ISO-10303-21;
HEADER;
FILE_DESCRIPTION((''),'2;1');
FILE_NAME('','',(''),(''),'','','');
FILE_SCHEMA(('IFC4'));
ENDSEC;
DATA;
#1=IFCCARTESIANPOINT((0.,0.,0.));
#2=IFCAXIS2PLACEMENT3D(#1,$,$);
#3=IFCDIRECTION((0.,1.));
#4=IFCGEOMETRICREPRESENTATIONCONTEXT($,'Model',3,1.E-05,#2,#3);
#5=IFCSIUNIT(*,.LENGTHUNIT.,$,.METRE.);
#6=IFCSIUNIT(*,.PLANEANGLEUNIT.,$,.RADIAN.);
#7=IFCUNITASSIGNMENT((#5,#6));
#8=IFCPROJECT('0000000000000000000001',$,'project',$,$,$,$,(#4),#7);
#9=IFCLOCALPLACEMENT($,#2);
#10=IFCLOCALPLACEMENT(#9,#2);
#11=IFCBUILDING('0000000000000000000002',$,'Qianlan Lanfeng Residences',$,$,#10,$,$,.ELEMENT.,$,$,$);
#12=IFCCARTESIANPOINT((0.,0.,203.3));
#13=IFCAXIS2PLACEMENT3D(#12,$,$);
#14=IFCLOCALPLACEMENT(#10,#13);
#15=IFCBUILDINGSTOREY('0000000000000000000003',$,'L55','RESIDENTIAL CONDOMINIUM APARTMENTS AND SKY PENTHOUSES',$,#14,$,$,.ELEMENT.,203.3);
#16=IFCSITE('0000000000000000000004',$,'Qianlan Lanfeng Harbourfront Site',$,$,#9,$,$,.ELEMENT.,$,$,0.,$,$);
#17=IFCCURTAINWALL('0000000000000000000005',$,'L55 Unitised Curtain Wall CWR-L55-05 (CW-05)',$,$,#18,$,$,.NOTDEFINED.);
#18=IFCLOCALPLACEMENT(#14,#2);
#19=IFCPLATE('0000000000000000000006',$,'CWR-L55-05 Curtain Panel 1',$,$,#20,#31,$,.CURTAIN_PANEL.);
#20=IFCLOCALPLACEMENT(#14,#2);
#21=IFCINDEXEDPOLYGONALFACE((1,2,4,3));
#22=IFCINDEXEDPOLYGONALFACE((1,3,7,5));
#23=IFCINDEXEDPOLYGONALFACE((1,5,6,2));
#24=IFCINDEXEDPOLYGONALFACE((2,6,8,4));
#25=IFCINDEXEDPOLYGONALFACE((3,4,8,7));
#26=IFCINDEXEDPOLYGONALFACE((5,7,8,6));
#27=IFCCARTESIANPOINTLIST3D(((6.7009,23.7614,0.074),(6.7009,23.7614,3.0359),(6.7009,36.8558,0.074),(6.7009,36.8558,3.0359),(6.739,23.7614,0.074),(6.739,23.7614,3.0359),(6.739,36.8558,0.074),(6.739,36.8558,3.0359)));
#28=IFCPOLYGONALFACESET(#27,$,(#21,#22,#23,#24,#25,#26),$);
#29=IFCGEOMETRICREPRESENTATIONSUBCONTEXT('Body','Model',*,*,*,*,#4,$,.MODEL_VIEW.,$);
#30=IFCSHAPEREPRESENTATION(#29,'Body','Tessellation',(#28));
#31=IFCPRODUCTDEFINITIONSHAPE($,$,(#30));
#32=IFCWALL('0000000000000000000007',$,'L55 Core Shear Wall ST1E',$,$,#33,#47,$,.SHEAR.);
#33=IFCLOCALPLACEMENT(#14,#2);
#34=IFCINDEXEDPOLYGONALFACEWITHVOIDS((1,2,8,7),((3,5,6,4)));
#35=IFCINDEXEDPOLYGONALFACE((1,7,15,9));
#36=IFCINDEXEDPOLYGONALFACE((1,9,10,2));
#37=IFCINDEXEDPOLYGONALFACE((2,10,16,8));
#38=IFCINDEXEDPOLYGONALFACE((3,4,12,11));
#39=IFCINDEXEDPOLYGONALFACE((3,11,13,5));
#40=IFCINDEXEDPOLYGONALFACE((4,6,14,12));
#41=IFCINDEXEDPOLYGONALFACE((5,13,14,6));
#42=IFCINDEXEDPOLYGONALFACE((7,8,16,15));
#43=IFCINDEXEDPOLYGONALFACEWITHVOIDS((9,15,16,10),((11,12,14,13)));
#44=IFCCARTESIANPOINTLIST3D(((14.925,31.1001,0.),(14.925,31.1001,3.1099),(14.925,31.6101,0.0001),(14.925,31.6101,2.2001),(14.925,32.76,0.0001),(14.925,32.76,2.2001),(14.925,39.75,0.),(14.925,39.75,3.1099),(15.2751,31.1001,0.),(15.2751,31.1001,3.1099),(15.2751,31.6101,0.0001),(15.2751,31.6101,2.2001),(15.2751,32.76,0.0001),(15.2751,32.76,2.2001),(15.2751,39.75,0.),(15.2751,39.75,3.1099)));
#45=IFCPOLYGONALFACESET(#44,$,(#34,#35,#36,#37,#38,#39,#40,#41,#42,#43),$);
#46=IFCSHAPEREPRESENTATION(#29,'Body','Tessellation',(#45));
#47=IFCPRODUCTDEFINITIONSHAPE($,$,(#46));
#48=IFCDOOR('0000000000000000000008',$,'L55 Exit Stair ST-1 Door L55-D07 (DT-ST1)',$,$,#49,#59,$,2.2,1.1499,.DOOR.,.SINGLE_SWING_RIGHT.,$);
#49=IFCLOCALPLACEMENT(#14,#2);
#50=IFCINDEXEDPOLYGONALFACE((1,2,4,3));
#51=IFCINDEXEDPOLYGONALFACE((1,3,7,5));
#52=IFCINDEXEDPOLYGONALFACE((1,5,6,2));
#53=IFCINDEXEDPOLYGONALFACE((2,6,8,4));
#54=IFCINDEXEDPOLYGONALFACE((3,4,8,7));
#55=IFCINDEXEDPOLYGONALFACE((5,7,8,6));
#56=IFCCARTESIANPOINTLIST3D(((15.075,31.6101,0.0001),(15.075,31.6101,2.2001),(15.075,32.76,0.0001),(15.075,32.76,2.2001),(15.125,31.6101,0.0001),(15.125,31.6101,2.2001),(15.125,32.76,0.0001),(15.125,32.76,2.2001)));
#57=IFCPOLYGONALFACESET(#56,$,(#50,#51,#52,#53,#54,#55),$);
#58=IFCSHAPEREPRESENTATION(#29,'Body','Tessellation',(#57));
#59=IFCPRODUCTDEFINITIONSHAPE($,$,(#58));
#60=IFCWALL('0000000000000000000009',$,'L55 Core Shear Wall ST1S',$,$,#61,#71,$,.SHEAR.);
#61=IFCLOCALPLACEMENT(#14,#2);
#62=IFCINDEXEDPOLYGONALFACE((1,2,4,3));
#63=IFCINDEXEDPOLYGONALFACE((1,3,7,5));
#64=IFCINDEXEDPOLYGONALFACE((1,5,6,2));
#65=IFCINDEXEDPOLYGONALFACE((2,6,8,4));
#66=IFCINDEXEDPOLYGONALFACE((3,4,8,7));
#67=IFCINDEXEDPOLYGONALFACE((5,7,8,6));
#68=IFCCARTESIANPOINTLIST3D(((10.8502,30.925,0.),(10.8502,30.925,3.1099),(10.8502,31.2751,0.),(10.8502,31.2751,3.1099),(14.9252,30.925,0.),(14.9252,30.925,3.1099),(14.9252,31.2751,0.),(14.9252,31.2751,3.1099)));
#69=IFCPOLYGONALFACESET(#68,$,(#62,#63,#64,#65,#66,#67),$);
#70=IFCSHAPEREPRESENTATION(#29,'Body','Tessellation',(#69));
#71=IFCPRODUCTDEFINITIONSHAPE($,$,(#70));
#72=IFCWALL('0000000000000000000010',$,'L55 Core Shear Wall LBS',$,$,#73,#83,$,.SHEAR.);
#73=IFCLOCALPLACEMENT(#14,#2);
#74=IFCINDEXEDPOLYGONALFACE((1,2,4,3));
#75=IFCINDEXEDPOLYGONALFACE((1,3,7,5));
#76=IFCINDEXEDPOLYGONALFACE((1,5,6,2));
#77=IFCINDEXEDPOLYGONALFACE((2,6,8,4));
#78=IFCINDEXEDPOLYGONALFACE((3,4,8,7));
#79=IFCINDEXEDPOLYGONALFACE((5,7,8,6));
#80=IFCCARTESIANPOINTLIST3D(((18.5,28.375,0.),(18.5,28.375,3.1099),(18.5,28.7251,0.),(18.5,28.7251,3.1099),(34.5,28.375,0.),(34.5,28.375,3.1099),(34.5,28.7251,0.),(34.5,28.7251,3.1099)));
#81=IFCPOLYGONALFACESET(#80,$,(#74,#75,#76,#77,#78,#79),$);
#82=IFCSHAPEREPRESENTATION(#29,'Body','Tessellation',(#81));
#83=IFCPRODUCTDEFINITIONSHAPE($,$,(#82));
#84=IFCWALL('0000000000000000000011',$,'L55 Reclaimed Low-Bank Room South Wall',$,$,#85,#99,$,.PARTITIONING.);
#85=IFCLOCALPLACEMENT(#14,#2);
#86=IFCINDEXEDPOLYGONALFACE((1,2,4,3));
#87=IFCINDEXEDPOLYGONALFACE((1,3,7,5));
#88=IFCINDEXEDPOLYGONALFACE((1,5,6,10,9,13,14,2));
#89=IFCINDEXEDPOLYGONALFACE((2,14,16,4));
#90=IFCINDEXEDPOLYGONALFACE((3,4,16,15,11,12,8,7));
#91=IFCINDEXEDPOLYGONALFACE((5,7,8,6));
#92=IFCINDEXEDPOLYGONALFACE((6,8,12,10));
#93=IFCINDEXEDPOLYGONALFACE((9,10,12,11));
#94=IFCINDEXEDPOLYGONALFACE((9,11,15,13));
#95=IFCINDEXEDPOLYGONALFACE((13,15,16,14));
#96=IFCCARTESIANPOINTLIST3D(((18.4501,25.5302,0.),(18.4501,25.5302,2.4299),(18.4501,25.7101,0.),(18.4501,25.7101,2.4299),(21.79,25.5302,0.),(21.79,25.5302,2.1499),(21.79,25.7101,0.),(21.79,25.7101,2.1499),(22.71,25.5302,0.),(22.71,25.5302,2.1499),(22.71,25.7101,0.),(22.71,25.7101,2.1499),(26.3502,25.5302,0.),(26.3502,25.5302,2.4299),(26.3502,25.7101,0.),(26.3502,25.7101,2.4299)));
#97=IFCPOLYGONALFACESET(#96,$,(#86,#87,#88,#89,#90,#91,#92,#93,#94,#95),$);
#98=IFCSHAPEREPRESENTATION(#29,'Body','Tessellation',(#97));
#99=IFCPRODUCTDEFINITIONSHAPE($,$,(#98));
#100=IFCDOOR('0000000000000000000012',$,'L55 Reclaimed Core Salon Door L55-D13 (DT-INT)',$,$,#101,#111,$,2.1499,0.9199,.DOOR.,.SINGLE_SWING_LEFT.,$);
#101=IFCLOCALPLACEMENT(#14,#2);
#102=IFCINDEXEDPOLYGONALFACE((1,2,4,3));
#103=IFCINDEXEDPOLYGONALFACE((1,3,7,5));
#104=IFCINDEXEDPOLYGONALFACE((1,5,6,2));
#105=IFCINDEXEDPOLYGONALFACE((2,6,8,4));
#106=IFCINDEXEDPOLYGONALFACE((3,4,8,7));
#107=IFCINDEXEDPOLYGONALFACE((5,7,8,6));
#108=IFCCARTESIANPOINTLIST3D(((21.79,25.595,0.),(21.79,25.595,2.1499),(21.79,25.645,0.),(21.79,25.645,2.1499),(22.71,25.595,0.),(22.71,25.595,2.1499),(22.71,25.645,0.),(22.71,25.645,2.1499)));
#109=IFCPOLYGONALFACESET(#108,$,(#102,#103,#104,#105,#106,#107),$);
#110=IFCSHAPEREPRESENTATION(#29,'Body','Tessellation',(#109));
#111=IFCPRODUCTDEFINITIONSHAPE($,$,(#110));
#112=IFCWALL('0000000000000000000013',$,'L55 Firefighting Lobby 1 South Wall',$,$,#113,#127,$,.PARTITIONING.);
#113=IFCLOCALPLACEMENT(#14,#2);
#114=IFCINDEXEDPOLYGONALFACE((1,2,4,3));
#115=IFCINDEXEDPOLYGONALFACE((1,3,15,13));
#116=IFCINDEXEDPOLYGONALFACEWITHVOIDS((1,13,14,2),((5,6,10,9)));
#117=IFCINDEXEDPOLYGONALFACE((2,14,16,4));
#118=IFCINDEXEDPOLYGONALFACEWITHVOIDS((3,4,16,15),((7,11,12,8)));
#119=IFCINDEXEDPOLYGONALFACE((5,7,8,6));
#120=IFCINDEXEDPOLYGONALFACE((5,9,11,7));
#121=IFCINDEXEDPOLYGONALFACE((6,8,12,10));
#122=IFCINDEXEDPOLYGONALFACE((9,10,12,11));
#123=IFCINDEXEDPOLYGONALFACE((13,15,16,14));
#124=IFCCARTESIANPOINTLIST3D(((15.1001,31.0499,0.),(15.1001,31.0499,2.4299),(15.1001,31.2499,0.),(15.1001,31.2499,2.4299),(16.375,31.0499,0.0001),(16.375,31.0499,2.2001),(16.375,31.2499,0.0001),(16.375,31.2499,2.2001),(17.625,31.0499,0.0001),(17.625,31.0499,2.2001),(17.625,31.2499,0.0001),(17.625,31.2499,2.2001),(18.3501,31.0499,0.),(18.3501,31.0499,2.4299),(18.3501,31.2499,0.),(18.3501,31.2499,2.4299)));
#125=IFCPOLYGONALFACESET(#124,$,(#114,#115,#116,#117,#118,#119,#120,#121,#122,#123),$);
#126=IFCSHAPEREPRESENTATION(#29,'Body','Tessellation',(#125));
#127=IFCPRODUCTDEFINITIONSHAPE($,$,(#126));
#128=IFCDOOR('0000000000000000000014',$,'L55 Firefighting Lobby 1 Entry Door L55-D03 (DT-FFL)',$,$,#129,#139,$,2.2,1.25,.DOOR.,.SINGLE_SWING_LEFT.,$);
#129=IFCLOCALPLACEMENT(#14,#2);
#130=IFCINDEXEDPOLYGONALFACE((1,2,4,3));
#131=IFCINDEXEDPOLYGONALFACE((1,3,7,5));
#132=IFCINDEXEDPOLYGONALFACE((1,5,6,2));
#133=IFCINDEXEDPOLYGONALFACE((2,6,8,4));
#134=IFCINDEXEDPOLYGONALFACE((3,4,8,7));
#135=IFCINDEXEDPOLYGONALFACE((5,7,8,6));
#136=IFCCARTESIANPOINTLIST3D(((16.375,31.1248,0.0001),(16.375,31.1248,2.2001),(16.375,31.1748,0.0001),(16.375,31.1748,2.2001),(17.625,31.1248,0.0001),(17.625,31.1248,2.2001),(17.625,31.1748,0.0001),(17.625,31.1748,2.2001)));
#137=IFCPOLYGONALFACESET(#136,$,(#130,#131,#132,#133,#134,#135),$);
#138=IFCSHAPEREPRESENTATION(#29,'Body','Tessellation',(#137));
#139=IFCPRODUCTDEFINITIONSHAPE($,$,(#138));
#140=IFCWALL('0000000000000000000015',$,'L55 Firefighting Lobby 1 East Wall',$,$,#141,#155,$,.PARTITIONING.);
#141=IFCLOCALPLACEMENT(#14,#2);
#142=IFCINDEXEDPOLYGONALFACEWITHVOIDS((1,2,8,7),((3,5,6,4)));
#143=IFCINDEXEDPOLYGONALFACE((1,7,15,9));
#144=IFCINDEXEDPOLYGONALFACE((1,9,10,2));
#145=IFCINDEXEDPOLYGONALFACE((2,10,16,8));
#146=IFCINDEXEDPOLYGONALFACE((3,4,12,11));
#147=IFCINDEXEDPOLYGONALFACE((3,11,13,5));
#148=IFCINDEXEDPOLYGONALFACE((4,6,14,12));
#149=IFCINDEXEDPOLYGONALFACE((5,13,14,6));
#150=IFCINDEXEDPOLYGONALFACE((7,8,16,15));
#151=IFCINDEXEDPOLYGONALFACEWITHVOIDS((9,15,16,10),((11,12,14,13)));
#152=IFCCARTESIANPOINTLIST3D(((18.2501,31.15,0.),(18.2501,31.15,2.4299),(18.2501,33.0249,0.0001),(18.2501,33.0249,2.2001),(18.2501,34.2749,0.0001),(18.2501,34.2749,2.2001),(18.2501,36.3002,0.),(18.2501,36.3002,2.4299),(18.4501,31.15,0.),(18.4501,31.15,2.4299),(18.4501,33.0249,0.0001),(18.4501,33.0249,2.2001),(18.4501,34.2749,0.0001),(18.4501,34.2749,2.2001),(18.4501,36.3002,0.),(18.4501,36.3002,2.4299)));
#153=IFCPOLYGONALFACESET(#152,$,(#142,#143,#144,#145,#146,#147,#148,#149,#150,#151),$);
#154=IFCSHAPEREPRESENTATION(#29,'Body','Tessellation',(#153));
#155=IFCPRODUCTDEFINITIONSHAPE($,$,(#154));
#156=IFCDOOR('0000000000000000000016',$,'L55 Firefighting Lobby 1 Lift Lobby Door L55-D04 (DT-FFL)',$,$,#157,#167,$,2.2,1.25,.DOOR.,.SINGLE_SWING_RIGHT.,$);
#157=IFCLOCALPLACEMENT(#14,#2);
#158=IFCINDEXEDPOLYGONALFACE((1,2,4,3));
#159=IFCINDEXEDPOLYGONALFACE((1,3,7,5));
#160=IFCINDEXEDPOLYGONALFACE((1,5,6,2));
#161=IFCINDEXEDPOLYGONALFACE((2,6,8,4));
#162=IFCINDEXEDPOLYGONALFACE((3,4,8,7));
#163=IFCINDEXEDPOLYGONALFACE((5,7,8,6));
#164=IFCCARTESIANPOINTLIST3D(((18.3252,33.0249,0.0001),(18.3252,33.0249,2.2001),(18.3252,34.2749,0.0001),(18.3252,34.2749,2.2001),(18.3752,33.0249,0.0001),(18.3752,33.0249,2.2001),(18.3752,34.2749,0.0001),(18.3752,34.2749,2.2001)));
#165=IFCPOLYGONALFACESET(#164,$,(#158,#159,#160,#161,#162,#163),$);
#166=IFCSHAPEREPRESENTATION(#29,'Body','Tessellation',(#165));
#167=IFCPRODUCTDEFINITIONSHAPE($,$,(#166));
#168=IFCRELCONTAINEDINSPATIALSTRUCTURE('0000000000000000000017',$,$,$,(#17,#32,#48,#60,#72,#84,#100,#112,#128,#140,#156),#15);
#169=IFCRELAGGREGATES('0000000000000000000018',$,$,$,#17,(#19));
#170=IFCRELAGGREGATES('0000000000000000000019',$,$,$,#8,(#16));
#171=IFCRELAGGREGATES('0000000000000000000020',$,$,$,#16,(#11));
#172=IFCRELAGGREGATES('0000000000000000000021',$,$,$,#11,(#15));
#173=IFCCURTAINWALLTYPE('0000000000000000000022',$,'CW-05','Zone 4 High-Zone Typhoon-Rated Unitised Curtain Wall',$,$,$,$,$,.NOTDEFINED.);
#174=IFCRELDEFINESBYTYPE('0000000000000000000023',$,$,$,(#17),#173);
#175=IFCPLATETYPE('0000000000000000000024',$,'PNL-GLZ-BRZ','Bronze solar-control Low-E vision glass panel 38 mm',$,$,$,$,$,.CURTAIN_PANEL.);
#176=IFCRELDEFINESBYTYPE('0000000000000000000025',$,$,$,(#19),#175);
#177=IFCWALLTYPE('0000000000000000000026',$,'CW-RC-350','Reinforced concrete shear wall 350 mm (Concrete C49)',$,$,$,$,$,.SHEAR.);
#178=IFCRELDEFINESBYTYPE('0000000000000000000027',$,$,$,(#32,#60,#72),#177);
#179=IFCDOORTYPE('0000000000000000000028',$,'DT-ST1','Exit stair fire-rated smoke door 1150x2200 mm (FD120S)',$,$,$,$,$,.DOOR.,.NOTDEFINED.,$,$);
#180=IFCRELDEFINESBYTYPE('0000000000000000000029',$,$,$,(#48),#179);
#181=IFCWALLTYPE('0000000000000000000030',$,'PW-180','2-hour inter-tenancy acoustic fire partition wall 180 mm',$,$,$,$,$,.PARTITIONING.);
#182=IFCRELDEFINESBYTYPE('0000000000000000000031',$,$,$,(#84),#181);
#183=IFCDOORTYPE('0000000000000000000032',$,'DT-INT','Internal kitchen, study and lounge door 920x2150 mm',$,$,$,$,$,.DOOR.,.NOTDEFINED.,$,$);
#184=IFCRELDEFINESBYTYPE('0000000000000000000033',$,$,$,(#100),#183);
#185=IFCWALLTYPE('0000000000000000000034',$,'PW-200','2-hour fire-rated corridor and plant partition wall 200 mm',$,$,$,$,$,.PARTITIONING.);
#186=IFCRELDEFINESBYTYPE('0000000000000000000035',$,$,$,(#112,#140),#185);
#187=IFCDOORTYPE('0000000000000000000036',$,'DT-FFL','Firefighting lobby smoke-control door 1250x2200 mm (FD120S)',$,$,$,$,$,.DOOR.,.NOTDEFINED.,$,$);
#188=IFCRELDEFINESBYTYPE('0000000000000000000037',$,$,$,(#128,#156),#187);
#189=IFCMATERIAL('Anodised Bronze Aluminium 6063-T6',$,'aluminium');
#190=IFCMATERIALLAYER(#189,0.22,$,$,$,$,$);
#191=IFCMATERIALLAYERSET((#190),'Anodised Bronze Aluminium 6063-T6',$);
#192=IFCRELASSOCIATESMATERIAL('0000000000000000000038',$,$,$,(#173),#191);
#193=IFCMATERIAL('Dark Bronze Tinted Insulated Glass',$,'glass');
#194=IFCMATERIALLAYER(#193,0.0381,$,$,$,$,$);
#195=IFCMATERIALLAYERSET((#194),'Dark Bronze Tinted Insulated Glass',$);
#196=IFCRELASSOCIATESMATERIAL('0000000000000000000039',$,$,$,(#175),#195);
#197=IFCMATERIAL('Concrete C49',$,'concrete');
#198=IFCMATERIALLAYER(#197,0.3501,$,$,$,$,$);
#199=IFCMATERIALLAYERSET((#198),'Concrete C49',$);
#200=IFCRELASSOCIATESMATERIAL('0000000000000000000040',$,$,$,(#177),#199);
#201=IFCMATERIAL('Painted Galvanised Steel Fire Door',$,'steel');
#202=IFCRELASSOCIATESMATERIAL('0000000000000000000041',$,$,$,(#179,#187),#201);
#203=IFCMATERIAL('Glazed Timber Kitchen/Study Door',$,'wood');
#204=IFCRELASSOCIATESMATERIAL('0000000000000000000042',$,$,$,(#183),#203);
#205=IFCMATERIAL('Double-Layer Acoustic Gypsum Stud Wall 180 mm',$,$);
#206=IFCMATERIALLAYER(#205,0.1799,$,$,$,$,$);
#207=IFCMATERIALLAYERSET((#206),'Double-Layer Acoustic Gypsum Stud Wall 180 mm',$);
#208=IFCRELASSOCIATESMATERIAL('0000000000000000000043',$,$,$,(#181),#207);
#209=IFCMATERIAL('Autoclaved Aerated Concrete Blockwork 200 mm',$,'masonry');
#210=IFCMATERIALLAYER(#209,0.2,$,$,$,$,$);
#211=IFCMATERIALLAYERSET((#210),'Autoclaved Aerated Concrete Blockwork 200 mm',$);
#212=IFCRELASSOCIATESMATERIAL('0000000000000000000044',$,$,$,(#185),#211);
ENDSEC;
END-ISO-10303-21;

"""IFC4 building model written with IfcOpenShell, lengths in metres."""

from ifc_helpers import new_model, si_unit, direction, frame, frame_2d, origin, origin_2d, place, context, subcontext, project, spatial, rectangle, extrude, source, transform, mapped, material, layer, layer_set, type_object, element, fill, aggregate, save


model = new_model("IFC4")

# Units and contexts
model_context = context("Model", 3, precision=1e-05, world=origin(), true_north=direction((0.0, 1.0)))
body_context = subcontext(model_context, "Body", "Model", "MODEL_VIEW")
ifc_project = project(units=[si_unit("LENGTHUNIT", "METRE"), si_unit("PLANEANGLEUNIT", "RADIAN")], contexts=[model_context])

# Site, building, storey
site_placement = place(None, origin())
site = spatial("IfcSite", under=ifc_project, at=site_placement, Name="Qianlan Lanfeng Harbourfront Site", CompositionType="ELEMENT", RefElevation=0.0)
building_placement = place(site_placement, origin())
building = spatial("IfcBuilding", under=site, at=building_placement, Name="Qianlan Lanfeng Residences", CompositionType="ELEMENT")
storey_placement = place(building_placement, frame((0.0, 0.0, 203.3)))
storey = spatial("IfcBuildingStorey", under=building, at=storey_placement, Name="L55", Description="RESIDENTIAL CONDOMINIUM APARTMENTS AND SKY PENTHOUSES", CompositionType="ELEMENT", Elevation=203.3)

# Curtain wall, plate
ifc_material_1 = material(Name="Anodised Bronze Aluminium 6063-T6", Category="aluminium")
ifc_layer_1 = layer(ifc_material_1, 0.22)
ifc_layer_set_1 = layer_set([ifc_layer_1], Name="Anodised Bronze Aluminium 6063-T6")
curtain_wall_type = type_object("IfcCurtainWallType", Name="CW-05", Description="Zone 4 High-Zone Typhoon-Rated Unitised Curtain Wall", PredefinedType="NOTDEFINED", material=ifc_layer_set_1)
curtain_wall_placement = place(storey_placement, origin())
curtain_wall = element("IfcCurtainWall", 1, at=curtain_wall_placement, inside=storey, type_object=curtain_wall_type, Name="L55 Unitised Curtain Wall CWR-L55-05 (CW-05)", PredefinedType="NOTDEFINED")
ifc_material_2 = material(Name="Dark Bronze Tinted Insulated Glass", Category="glass")
ifc_layer_2 = layer(ifc_material_2, 0.0381)
ifc_layer_set_2 = layer_set([ifc_layer_2], Name="Dark Bronze Tinted Insulated Glass")
plate_type = type_object("IfcPlateType", Name="PNL-GLZ-BRZ", Description="Bronze solar-control Low-E vision glass panel 38 mm", PredefinedType="CURTAIN_PANEL", material=ifc_layer_set_2)
shared_shape_1 = source(origin(), body_context, "Body", "SweptSolid", [
    extrude(rectangle(XDim=13.0945, YDim=0.0381, at=origin_2d()), origin(), (0.0, 0.0, 1.0), 2.9619),
])
plate_placement = place(storey_placement, frame((6.72, 30.3086, 0.074), z_axis=(0.0, 0.0, 1.0), x_axis=(0.0, -1.0, 0.0)))
plate = element("IfcPlate", 2, at=plate_placement, type_object=plate_type, Name="CWR-L55-05 Curtain Panel 1", PredefinedType="CURTAIN_PANEL", context=body_context, shape_type="MappedRepresentation", body=[
    mapped(shared_shape_1, transform((0.0, 0.0, 0.0), scale=1.0)),
])
aggregate(curtain_wall, [plate])

# Wall, opening, door
ifc_material_3 = material(Name="Concrete C49", Category="concrete")
ifc_layer_3 = layer(ifc_material_3, 0.3501)
ifc_layer_set_3 = layer_set([ifc_layer_3], Name="Concrete C49")
wall_type_1 = type_object("IfcWallType", Name="CW-RC-350", Description="Reinforced concrete shear wall 350 mm (Concrete C49)", PredefinedType="SHEAR", material=ifc_layer_set_3)
wall_1_placement = place(storey_placement, frame((15.1001, 31.1001, 0.0), z_axis=(0.0, 0.0, 1.0), x_axis=(0.0, 1.0, 0.0)))
wall_1 = element("IfcWall", 3, at=wall_1_placement, inside=storey, type_object=wall_type_1, Name="L55 Core Shear Wall ST1E", PredefinedType="SHEAR", context=body_context, shape_type="SweptSolid", body=[
    extrude(rectangle(XDim=8.6499, YDim=0.3501, at=frame_2d((4.325, 0.0))), origin(), (0.0, 0.0, 1.0), 3.1099),
])
opening_1_placement = place(wall_1_placement, frame((0.51, 0.0, 0.0)))
opening_1 = element("IfcOpeningElement", 4, at=opening_1_placement, cuts=wall_1, PredefinedType="OPENING", context=body_context, shape_type="SweptSolid", body=[
    extrude(rectangle(XDim=1.1499, YDim=2.2, at=frame_2d((0.575, 1.1001))), frame((0.0, 0.1851, 0.0), z_axis=(0.0, -1.0, 0.0), x_axis=(1.0, 0.0, 0.0)), (0.0, 0.0, 1.0), 0.3701),
])
ifc_material_4 = material(Name="Painted Galvanised Steel Fire Door", Category="steel")
door_type_1 = type_object("IfcDoorType", Name="DT-ST1", Description="Exit stair fire-rated smoke door 1150x2200 mm (FD120S)", OperationType="NOTDEFINED", PredefinedType="DOOR", material=ifc_material_4)
door_1_placement = place(opening_1_placement, frame((1.1499, 0.0, 0.0), z_axis=(0.0, 0.0, 1.0), x_axis=(-1.0, 0.0, 0.0)))
door_1 = element("IfcDoor", 5, at=door_1_placement, inside=storey, type_object=door_type_1, Name="L55 Exit Stair ST-1 Door L55-D07 (DT-ST1)", OperationType="SINGLE_SWING_RIGHT", OverallHeight=2.2, OverallWidth=1.1499, PredefinedType="DOOR", context=body_context, shape_type="SweptSolid", body=[
    extrude(rectangle(XDim=1.1499, YDim=2.2, at=frame_2d((0.575, 1.1001))), frame((0.0, 0.0249, 0.0), z_axis=(0.0, -1.0, 0.0), x_axis=(1.0, 0.0, 0.0)), (0.0, 0.0, 1.0), 0.05),
])
fill(opening_1, door_1)

# Walls
wall_2_placement = place(storey_placement, frame((10.8501, 31.1001, 0.0), z_axis=(0.0, 0.0, 1.0), x_axis=(1.0, 0.0, 0.0)))
element("IfcWall", 6, at=wall_2_placement, inside=storey, type_object=wall_type_1, Name="L55 Core Shear Wall ST1S", PredefinedType="SHEAR", context=body_context, shape_type="SweptSolid", body=[
    extrude(rectangle(XDim=4.075, YDim=0.3501, at=frame_2d((2.0376, 0.0))), origin(), (0.0, 0.0, 1.0), 3.1099),
])
wall_3_placement = place(storey_placement, frame((18.5, 28.55, 0.0), z_axis=(0.0, 0.0, 1.0), x_axis=(1.0, 0.0, 0.0)))
element("IfcWall", 7, at=wall_3_placement, inside=storey, type_object=wall_type_1, Name="L55 Core Shear Wall LBS", PredefinedType="SHEAR", context=body_context, shape_type="SweptSolid", body=[
    extrude(rectangle(XDim=16.0, YDim=0.3501, at=frame_2d((8.0, 0.0))), origin(), (0.0, 0.0, 1.0), 3.1099),
])

# Walls, openings, doors
ifc_material_5 = material(Name="Glazed Timber Kitchen/Study Door", Category="wood")
door_type_2 = type_object("IfcDoorType", Name="DT-INT", Description="Internal kitchen, study and lounge door 920x2150 mm", OperationType="NOTDEFINED", PredefinedType="DOOR", material=ifc_material_5)
ifc_material_6 = material(Name="Double-Layer Acoustic Gypsum Stud Wall 180 mm")
ifc_layer_4 = layer(ifc_material_6, 0.1799)
ifc_layer_set_4 = layer_set([ifc_layer_4], Name="Double-Layer Acoustic Gypsum Stud Wall 180 mm")
wall_type_2 = type_object("IfcWallType", Name="PW-180", Description="2-hour inter-tenancy acoustic fire partition wall 180 mm", PredefinedType="PARTITIONING", material=ifc_layer_set_4)
wall_4_placement = place(storey_placement, frame((18.45, 25.6201, 0.0), z_axis=(0.0, 0.0, 1.0), x_axis=(1.0, 0.0, 0.0)))
wall_4 = element("IfcWall", 8, at=wall_4_placement, inside=storey, type_object=wall_type_2, Name="L55 Reclaimed Low-Bank Room South Wall", PredefinedType="PARTITIONING", context=body_context, shape_type="SweptSolid", body=[
    extrude(rectangle(XDim=7.9001, YDim=0.1799, at=frame_2d((3.9502, 0.0))), origin(), (0.0, 0.0, 1.0), 2.4299),
])
opening_2_placement = place(wall_4_placement, frame((3.3401, 0.0, 0.0)))
opening_2 = element("IfcOpeningElement", 9, at=opening_2_placement, cuts=wall_4, PredefinedType="OPENING", context=body_context, shape_type="SweptSolid", body=[
    extrude(rectangle(XDim=0.9199, YDim=2.1499, at=frame_2d((0.46, 1.075))), frame((0.0, 0.1001, 0.0), z_axis=(0.0, -1.0, 0.0), x_axis=(1.0, 0.0, 0.0)), (0.0, 0.0, 1.0), 0.2),
])
door_2_placement = place(opening_2_placement, origin())
door_2 = element("IfcDoor", 10, at=door_2_placement, inside=storey, type_object=door_type_2, Name="L55 Reclaimed Core Salon Door L55-D13 (DT-INT)", OperationType="SINGLE_SWING_LEFT", OverallHeight=2.1499, OverallWidth=0.9199, PredefinedType="DOOR", context=body_context, shape_type="SweptSolid", body=[
    extrude(rectangle(XDim=0.9199, YDim=2.1499, at=frame_2d((0.46, 1.075))), frame((0.0, 0.0249, 0.0), z_axis=(0.0, -1.0, 0.0), x_axis=(1.0, 0.0, 0.0)), (0.0, 0.0, 1.0), 0.05),
])
fill(opening_2, door_2)
ifc_material_7 = material(Name="Autoclaved Aerated Concrete Blockwork 200 mm", Category="masonry")
ifc_layer_5 = layer(ifc_material_7, 0.2)
ifc_layer_set_5 = layer_set([ifc_layer_5], Name="Autoclaved Aerated Concrete Blockwork 200 mm")
wall_type_3 = type_object("IfcWallType", Name="PW-200", Description="2-hour fire-rated corridor and plant partition wall 200 mm", PredefinedType="PARTITIONING", material=ifc_layer_set_5)
wall_5_placement = place(storey_placement, frame((15.1001, 31.1499, 0.0), z_axis=(0.0, 0.0, 1.0), x_axis=(1.0, 0.0, 0.0)))
wall_5 = element("IfcWall", 11, at=wall_5_placement, inside=storey, type_object=wall_type_3, Name="L55 Firefighting Lobby 1 South Wall", PredefinedType="PARTITIONING", context=body_context, shape_type="SweptSolid", body=[
    extrude(rectangle(XDim=3.25, YDim=0.2, at=frame_2d((1.625, 0.0))), origin(), (0.0, 0.0, 1.0), 2.4299),
])
opening_3_placement = place(wall_5_placement, frame((1.2749, 0.0, 0.0)))
opening_3 = element("IfcOpeningElement", 12, at=opening_3_placement, cuts=wall_5, PredefinedType="OPENING", context=body_context, shape_type="SweptSolid", body=[
    extrude(rectangle(XDim=1.25, YDim=2.2, at=frame_2d((0.625, 1.1001))), frame((0.0, 0.1099, 0.0), z_axis=(0.0, -1.0, 0.0), x_axis=(1.0, 0.0, 0.0)), (0.0, 0.0, 1.0), 0.22),
])
door_type_3 = type_object("IfcDoorType", Name="DT-FFL", Description="Firefighting lobby smoke-control door 1250x2200 mm (FD120S)", OperationType="NOTDEFINED", PredefinedType="DOOR", material=ifc_material_4)
door_3_placement = place(opening_3_placement, origin())
door_3 = element("IfcDoor", 13, at=door_3_placement, inside=storey, type_object=door_type_3, Name="L55 Firefighting Lobby 1 Entry Door L55-D03 (DT-FFL)", OperationType="SINGLE_SWING_LEFT", OverallHeight=2.2, OverallWidth=1.25, PredefinedType="DOOR", context=body_context, shape_type="SweptSolid", body=[
    extrude(rectangle(XDim=1.25, YDim=2.2, at=frame_2d((0.625, 1.1001))), frame((0.0, 0.0249, 0.0), z_axis=(0.0, -1.0, 0.0), x_axis=(1.0, 0.0, 0.0)), (0.0, 0.0, 1.0), 0.05),
])
fill(opening_3, door_3)
wall_6_placement = place(storey_placement, frame((18.3501, 31.1499, 0.0), z_axis=(0.0, 0.0, 1.0), x_axis=(0.0, 1.0, 0.0)))
wall_6 = element("IfcWall", 14, at=wall_6_placement, inside=storey, type_object=wall_type_3, Name="L55 Firefighting Lobby 1 East Wall", PredefinedType="PARTITIONING", context=body_context, shape_type="SweptSolid", body=[
    extrude(rectangle(XDim=5.1501, YDim=0.2, at=frame_2d((2.5752, 0.0))), origin(), (0.0, 0.0, 1.0), 2.4299),
])
opening_4_placement = place(wall_6_placement, frame((1.875, 0.0, 0.0)))
opening_4 = element("IfcOpeningElement", 15, at=opening_4_placement, cuts=wall_6, PredefinedType="OPENING", context=body_context, shape_type="SweptSolid", body=[
    extrude(rectangle(XDim=1.25, YDim=2.2, at=frame_2d((0.625, 1.1001))), frame((0.0, 0.1099, 0.0), z_axis=(0.0, -1.0, 0.0), x_axis=(1.0, 0.0, 0.0)), (0.0, 0.0, 1.0), 0.22),
])
door_4_placement = place(opening_4_placement, origin())
door_4 = element("IfcDoor", 16, at=door_4_placement, inside=storey, type_object=door_type_3, Name="L55 Firefighting Lobby 1 Lift Lobby Door L55-D04 (DT-FFL)", OperationType="SINGLE_SWING_RIGHT", OverallHeight=2.2, OverallWidth=1.25, PredefinedType="DOOR", context=body_context, shape_type="SweptSolid", body=[
    extrude(rectangle(XDim=1.25, YDim=2.2, at=frame_2d((0.625, 1.1001))), frame((0.0, 0.0249, 0.0), z_axis=(0.0, -1.0, 0.0), x_axis=(1.0, 0.0, 0.0)), (0.0, 0.0, 1.0), 0.05),
])
fill(opening_4, door_4)

save(model, "model.ifc")
